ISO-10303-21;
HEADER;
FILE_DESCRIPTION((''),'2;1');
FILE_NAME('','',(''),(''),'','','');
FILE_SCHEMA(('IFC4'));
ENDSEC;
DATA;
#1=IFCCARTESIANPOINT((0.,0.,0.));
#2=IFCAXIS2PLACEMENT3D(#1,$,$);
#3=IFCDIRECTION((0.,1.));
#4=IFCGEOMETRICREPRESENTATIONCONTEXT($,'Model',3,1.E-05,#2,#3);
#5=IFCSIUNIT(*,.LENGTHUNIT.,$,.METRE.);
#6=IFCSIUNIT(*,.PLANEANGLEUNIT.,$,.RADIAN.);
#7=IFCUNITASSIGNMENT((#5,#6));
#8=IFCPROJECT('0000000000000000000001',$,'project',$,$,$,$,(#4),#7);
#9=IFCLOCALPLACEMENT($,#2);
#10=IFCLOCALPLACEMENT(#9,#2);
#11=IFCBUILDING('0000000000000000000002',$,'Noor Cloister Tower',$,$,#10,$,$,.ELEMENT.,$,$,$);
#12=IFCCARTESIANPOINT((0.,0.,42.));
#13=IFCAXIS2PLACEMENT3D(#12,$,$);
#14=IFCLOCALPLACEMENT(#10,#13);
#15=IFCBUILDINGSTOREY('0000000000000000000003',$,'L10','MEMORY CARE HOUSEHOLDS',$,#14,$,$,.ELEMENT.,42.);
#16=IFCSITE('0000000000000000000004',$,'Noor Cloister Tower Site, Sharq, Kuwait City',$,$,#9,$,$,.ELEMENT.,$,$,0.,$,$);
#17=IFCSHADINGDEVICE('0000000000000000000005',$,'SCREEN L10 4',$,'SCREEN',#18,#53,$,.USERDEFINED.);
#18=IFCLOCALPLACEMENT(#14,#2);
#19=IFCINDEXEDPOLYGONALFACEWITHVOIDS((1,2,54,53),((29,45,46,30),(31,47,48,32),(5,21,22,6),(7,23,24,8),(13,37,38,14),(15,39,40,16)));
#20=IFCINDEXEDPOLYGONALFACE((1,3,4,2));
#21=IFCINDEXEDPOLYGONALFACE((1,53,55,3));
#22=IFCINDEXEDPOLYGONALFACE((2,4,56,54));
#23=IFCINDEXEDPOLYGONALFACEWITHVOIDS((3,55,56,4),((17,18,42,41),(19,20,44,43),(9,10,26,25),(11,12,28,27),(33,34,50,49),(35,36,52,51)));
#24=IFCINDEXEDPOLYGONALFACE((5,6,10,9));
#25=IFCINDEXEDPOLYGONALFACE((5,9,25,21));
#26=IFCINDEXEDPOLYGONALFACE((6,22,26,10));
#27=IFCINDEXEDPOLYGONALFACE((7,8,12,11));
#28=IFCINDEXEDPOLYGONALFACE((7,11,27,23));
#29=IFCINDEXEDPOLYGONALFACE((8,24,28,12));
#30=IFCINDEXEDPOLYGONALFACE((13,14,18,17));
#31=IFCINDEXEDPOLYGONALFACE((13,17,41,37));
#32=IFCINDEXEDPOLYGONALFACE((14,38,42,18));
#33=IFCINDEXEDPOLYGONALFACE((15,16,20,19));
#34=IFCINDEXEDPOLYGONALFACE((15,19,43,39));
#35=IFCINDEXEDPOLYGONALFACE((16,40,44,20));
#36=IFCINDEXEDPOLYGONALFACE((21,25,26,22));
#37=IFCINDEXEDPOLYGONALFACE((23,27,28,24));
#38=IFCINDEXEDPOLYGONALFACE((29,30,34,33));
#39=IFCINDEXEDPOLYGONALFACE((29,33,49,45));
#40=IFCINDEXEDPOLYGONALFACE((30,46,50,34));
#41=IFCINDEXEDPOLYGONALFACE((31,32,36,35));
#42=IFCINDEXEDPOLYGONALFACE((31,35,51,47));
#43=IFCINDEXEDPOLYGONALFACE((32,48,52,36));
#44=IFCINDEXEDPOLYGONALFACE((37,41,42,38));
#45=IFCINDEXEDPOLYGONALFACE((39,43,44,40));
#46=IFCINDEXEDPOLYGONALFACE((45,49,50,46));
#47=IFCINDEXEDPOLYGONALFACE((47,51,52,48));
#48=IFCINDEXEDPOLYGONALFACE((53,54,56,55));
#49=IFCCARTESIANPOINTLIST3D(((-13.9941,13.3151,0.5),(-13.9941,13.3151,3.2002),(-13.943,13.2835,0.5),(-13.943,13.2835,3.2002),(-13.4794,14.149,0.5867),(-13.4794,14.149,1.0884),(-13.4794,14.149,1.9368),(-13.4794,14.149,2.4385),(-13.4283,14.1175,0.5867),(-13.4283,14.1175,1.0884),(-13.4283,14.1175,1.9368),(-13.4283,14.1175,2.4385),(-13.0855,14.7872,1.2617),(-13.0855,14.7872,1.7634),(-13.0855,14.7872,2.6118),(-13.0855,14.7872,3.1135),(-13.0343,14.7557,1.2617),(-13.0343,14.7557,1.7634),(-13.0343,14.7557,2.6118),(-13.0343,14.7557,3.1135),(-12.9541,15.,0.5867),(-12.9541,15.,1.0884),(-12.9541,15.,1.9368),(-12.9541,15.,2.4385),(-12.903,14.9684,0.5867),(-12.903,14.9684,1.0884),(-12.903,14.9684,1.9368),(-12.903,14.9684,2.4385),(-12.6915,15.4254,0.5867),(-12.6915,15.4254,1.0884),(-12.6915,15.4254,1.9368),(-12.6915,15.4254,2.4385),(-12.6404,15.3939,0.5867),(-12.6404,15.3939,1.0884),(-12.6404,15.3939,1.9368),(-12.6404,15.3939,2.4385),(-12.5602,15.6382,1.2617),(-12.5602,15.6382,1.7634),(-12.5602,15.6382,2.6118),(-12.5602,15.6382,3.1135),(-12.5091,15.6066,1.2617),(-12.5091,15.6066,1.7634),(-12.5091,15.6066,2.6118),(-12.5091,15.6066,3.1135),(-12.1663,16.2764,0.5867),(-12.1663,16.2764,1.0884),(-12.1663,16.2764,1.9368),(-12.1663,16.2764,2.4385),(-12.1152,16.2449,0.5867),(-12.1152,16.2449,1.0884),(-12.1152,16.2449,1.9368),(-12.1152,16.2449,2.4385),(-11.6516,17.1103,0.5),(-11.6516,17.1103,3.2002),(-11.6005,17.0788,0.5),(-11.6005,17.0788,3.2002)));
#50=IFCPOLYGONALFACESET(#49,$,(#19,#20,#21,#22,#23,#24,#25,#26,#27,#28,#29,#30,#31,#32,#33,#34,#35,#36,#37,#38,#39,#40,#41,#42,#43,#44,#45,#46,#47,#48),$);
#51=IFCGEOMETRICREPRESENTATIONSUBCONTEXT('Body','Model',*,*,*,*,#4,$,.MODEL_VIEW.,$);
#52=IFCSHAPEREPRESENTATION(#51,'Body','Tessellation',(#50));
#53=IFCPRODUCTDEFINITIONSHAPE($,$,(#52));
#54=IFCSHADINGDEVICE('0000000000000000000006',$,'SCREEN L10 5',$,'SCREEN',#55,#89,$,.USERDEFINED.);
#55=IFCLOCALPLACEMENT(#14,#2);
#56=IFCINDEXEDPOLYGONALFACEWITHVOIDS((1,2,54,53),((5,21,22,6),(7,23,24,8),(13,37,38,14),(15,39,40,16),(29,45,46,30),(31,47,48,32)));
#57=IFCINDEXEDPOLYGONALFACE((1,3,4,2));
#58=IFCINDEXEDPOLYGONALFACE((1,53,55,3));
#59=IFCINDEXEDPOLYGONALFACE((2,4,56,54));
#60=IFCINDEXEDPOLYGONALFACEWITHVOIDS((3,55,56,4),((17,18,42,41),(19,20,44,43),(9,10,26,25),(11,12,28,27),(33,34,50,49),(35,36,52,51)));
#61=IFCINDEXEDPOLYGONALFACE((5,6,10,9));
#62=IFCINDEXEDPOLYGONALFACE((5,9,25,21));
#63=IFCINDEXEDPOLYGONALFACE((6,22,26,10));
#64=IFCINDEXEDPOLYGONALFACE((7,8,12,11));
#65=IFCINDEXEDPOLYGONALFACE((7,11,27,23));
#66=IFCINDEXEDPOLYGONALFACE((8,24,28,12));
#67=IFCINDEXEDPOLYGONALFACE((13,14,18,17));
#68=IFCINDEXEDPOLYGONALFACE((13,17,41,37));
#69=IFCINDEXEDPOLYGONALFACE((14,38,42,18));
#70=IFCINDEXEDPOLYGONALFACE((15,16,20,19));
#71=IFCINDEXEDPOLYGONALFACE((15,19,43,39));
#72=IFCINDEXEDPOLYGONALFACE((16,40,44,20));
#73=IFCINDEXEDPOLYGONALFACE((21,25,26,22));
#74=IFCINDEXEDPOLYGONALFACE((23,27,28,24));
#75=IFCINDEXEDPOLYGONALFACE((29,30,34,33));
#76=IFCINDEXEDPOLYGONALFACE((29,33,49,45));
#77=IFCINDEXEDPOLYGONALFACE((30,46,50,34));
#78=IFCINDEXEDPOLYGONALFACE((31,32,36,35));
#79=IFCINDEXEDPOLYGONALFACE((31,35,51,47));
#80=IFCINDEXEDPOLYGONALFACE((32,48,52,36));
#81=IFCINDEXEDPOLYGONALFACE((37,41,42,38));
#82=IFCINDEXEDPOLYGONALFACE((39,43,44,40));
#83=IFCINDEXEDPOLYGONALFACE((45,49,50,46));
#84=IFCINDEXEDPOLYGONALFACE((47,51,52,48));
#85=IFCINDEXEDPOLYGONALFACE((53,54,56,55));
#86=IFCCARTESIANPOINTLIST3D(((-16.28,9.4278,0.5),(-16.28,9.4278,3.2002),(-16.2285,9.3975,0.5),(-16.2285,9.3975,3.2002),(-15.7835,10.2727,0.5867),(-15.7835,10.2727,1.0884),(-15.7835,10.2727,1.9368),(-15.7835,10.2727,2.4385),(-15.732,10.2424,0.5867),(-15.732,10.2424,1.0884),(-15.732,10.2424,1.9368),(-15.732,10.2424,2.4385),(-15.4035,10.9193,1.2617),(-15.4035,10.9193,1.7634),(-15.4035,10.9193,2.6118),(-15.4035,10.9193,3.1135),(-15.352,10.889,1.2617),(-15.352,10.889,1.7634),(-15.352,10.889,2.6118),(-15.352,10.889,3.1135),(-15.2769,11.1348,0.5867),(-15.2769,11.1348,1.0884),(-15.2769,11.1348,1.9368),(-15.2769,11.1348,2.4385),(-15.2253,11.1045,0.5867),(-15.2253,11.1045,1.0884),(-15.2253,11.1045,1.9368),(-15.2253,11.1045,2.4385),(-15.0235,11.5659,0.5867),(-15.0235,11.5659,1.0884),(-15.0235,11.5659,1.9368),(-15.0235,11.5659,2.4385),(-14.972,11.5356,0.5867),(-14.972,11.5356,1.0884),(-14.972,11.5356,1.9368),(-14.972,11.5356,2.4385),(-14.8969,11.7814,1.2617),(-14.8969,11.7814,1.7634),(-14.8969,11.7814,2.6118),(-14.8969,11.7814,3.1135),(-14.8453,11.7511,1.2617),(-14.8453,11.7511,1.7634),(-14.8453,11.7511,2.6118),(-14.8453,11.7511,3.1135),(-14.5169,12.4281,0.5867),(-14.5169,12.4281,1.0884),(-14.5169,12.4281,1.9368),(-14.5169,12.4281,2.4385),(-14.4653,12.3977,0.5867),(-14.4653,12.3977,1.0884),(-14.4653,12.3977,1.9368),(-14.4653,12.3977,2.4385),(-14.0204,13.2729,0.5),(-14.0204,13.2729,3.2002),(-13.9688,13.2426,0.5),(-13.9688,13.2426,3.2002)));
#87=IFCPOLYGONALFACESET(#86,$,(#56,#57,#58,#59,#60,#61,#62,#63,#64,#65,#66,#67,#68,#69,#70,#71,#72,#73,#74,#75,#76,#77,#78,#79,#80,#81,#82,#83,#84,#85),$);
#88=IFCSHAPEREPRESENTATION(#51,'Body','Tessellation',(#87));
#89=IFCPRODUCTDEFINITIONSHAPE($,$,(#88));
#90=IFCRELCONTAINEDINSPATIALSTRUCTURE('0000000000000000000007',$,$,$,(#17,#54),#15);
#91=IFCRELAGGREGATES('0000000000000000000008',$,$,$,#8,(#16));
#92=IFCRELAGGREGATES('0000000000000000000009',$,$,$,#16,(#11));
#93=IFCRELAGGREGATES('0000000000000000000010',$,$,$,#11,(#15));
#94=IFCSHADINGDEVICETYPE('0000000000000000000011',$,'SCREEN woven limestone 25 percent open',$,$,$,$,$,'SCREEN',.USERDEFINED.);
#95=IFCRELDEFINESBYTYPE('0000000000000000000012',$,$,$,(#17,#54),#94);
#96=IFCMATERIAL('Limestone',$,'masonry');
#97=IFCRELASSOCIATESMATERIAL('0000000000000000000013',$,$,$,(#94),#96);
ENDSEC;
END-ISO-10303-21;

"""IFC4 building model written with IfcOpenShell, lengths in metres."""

from ifc_helpers import new_model, si_unit, direction, frame, origin, place, context, subcontext, project, spatial, polyline, outline, extrude, material, material_profile, profile_set, type_object, element, save


model = new_model("IFC4")

# Units and contexts
model_context = context("Model", 3, precision=1e-05, world=origin(), true_north=direction((0.0, 1.0)))
body_context = subcontext(model_context, "Body", "Model", "MODEL_VIEW")
ifc_project = project(units=[si_unit("LENGTHUNIT", "METRE"), si_unit("PLANEANGLEUNIT", "RADIAN")], contexts=[model_context])

# Site, building, storey
site_placement = place(None, origin())
site = spatial("IfcSite", under=ifc_project, at=site_placement, Name="Noor Cloister Tower Site, Sharq, Kuwait City", CompositionType="ELEMENT", RefElevation=0.0)
building_placement = place(site_placement, origin())
building = spatial("IfcBuilding", under=site, at=building_placement, Name="Noor Cloister Tower", CompositionType="ELEMENT")
storey_placement = place(building_placement, frame((0.0, 0.0, 42.0)))
storey = spatial("IfcBuildingStorey", under=building, at=storey_placement, Name="L10", Description="MEMORY CARE HOUSEHOLDS", CompositionType="ELEMENT", Elevation=42.0)

# Shading devices
ifc_material_1 = material(Name="Limestone", Category="masonry")
ifc_material_profile_1 = material_profile(ifc_material_1, outline(polyline([(-2.23, -1.3501), (2.23, -1.3501), (2.23, 1.3501), (-2.23, 1.3501), (-2.23, -1.3501)]), holes=[polyline([(-1.25, -1.2634), (-0.25, -1.2634), (-0.25, -0.7617), (-1.25, -0.7617), (-1.25, -1.2634)]), polyline([(0.25, -1.2634), (1.25, -1.2634), (1.25, -0.7617), (0.25, -0.7617), (0.25, -1.2634)]), polyline([(-0.5, -0.5884), (0.5, -0.5884), (0.5, -0.0867), (-0.5, -0.0867), (-0.5, -0.5884)]), polyline([(-1.25, 0.0867), (-0.25, 0.0867), (-0.25, 0.5884), (-1.25, 0.5884), (-1.25, 0.0867)]), polyline([(0.25, 0.0867), (1.25, 0.0867), (1.25, 0.5884), (0.25, 0.5884), (0.25, 0.0867)]), polyline([(-0.5, 0.7617), (0.5, 0.7617), (0.5, 1.2634), (-0.5, 1.2634), (-0.5, 0.7617)])]), Name="Woven screen 25 percent open")
ifc_profile_set_1 = profile_set([ifc_material_profile_1], Name="Limestone")
shading_device_type = type_object("IfcShadingDeviceType", Name="SCREEN woven limestone 25 percent open", ElementType="SCREEN", PredefinedType="USERDEFINED", material=ifc_profile_set_1)
shading_device_1_placement = place(storey_placement, frame((-12.7717, 15.1812, 1.8501), z_axis=(-0.850959, 0.525233, 0.0), x_axis=(-0.525233, -0.850959, 0.0)))
element("IfcShadingDevice", 1, at=shading_device_1_placement, inside=storey, type_object=shading_device_type, Name="SCREEN L10 4", ObjectType="SCREEN", PredefinedType="USERDEFINED", context=body_context, shape_type="SweptSolid", body=[
    extrude(outline(polyline([(-2.23, -1.3501), (2.23, -1.3501), (2.23, 1.3501), (-2.23, 1.3501), (-2.23, -1.3501)]), holes=[polyline([(-1.25, -1.2634), (-0.25, -1.2634), (-0.25, -0.7617), (-1.25, -0.7617), (-1.25, -1.2634)]), polyline([(0.25, -1.2634), (1.25, -1.2634), (1.25, -0.7617), (0.25, -0.7617), (0.25, -1.2634)]), polyline([(-0.5, -0.5884), (0.5, -0.5884), (0.5, -0.0867), (-0.5, -0.0867), (-0.5, -0.5884)]), polyline([(-1.25, 0.0867), (-0.25, 0.0867), (-0.25, 0.5884), (-1.25, 0.5884), (-1.25, 0.0867)]), polyline([(0.25, 0.0867), (1.25, 0.0867), (1.25, 0.5884), (0.25, 0.5884), (0.25, 0.0867)]), polyline([(-0.5, 0.7617), (0.5, 0.7617), (0.5, 1.2634), (-0.5, 1.2634), (-0.5, 0.7617)])]), origin(), (0.0, 0.0, 1.0), 0.0601),
])
shading_device_2_placement = place(storey_placement, frame((-15.0986, 11.3201, 1.8501), z_axis=(-0.862144, 0.506663, 0.0), x_axis=(-0.506663, -0.862144, 0.0)))
element("IfcShadingDevice", 2, at=shading_device_2_placement, inside=storey, type_object=shading_device_type, Name="SCREEN L10 5", ObjectType="SCREEN", PredefinedType="USERDEFINED", context=body_context, shape_type="SweptSolid", body=[
    extrude(outline(polyline([(-2.23, -1.3501), (2.23, -1.3501), (2.23, 1.3501), (-2.23, 1.3501), (-2.23, -1.3501)]), holes=[polyline([(-1.25, -1.2634), (-0.25, -1.2634), (-0.25, -0.7617), (-1.25, -0.7617), (-1.25, -1.2634)]), polyline([(0.25, -1.2634), (1.25, -1.2634), (1.25, -0.7617), (0.25, -0.7617), (0.25, -1.2634)]), polyline([(-0.5, -0.5884), (0.5, -0.5884), (0.5, -0.0867), (-0.5, -0.0867), (-0.5, -0.5884)]), polyline([(-1.25, 0.0867), (-0.25, 0.0867), (-0.25, 0.5884), (-1.25, 0.5884), (-1.25, 0.0867)]), polyline([(0.25, 0.0867), (1.25, 0.0867), (1.25, 0.5884), (0.25, 0.5884), (0.25, 0.0867)]), polyline([(-0.5, 0.7617), (0.5, 0.7617), (0.5, 1.2634), (-0.5, 1.2634), (-0.5, 0.7617)])]), origin(), (0.0, 0.0, 1.0), 0.0598),
])

save(model, "model.ifc")
